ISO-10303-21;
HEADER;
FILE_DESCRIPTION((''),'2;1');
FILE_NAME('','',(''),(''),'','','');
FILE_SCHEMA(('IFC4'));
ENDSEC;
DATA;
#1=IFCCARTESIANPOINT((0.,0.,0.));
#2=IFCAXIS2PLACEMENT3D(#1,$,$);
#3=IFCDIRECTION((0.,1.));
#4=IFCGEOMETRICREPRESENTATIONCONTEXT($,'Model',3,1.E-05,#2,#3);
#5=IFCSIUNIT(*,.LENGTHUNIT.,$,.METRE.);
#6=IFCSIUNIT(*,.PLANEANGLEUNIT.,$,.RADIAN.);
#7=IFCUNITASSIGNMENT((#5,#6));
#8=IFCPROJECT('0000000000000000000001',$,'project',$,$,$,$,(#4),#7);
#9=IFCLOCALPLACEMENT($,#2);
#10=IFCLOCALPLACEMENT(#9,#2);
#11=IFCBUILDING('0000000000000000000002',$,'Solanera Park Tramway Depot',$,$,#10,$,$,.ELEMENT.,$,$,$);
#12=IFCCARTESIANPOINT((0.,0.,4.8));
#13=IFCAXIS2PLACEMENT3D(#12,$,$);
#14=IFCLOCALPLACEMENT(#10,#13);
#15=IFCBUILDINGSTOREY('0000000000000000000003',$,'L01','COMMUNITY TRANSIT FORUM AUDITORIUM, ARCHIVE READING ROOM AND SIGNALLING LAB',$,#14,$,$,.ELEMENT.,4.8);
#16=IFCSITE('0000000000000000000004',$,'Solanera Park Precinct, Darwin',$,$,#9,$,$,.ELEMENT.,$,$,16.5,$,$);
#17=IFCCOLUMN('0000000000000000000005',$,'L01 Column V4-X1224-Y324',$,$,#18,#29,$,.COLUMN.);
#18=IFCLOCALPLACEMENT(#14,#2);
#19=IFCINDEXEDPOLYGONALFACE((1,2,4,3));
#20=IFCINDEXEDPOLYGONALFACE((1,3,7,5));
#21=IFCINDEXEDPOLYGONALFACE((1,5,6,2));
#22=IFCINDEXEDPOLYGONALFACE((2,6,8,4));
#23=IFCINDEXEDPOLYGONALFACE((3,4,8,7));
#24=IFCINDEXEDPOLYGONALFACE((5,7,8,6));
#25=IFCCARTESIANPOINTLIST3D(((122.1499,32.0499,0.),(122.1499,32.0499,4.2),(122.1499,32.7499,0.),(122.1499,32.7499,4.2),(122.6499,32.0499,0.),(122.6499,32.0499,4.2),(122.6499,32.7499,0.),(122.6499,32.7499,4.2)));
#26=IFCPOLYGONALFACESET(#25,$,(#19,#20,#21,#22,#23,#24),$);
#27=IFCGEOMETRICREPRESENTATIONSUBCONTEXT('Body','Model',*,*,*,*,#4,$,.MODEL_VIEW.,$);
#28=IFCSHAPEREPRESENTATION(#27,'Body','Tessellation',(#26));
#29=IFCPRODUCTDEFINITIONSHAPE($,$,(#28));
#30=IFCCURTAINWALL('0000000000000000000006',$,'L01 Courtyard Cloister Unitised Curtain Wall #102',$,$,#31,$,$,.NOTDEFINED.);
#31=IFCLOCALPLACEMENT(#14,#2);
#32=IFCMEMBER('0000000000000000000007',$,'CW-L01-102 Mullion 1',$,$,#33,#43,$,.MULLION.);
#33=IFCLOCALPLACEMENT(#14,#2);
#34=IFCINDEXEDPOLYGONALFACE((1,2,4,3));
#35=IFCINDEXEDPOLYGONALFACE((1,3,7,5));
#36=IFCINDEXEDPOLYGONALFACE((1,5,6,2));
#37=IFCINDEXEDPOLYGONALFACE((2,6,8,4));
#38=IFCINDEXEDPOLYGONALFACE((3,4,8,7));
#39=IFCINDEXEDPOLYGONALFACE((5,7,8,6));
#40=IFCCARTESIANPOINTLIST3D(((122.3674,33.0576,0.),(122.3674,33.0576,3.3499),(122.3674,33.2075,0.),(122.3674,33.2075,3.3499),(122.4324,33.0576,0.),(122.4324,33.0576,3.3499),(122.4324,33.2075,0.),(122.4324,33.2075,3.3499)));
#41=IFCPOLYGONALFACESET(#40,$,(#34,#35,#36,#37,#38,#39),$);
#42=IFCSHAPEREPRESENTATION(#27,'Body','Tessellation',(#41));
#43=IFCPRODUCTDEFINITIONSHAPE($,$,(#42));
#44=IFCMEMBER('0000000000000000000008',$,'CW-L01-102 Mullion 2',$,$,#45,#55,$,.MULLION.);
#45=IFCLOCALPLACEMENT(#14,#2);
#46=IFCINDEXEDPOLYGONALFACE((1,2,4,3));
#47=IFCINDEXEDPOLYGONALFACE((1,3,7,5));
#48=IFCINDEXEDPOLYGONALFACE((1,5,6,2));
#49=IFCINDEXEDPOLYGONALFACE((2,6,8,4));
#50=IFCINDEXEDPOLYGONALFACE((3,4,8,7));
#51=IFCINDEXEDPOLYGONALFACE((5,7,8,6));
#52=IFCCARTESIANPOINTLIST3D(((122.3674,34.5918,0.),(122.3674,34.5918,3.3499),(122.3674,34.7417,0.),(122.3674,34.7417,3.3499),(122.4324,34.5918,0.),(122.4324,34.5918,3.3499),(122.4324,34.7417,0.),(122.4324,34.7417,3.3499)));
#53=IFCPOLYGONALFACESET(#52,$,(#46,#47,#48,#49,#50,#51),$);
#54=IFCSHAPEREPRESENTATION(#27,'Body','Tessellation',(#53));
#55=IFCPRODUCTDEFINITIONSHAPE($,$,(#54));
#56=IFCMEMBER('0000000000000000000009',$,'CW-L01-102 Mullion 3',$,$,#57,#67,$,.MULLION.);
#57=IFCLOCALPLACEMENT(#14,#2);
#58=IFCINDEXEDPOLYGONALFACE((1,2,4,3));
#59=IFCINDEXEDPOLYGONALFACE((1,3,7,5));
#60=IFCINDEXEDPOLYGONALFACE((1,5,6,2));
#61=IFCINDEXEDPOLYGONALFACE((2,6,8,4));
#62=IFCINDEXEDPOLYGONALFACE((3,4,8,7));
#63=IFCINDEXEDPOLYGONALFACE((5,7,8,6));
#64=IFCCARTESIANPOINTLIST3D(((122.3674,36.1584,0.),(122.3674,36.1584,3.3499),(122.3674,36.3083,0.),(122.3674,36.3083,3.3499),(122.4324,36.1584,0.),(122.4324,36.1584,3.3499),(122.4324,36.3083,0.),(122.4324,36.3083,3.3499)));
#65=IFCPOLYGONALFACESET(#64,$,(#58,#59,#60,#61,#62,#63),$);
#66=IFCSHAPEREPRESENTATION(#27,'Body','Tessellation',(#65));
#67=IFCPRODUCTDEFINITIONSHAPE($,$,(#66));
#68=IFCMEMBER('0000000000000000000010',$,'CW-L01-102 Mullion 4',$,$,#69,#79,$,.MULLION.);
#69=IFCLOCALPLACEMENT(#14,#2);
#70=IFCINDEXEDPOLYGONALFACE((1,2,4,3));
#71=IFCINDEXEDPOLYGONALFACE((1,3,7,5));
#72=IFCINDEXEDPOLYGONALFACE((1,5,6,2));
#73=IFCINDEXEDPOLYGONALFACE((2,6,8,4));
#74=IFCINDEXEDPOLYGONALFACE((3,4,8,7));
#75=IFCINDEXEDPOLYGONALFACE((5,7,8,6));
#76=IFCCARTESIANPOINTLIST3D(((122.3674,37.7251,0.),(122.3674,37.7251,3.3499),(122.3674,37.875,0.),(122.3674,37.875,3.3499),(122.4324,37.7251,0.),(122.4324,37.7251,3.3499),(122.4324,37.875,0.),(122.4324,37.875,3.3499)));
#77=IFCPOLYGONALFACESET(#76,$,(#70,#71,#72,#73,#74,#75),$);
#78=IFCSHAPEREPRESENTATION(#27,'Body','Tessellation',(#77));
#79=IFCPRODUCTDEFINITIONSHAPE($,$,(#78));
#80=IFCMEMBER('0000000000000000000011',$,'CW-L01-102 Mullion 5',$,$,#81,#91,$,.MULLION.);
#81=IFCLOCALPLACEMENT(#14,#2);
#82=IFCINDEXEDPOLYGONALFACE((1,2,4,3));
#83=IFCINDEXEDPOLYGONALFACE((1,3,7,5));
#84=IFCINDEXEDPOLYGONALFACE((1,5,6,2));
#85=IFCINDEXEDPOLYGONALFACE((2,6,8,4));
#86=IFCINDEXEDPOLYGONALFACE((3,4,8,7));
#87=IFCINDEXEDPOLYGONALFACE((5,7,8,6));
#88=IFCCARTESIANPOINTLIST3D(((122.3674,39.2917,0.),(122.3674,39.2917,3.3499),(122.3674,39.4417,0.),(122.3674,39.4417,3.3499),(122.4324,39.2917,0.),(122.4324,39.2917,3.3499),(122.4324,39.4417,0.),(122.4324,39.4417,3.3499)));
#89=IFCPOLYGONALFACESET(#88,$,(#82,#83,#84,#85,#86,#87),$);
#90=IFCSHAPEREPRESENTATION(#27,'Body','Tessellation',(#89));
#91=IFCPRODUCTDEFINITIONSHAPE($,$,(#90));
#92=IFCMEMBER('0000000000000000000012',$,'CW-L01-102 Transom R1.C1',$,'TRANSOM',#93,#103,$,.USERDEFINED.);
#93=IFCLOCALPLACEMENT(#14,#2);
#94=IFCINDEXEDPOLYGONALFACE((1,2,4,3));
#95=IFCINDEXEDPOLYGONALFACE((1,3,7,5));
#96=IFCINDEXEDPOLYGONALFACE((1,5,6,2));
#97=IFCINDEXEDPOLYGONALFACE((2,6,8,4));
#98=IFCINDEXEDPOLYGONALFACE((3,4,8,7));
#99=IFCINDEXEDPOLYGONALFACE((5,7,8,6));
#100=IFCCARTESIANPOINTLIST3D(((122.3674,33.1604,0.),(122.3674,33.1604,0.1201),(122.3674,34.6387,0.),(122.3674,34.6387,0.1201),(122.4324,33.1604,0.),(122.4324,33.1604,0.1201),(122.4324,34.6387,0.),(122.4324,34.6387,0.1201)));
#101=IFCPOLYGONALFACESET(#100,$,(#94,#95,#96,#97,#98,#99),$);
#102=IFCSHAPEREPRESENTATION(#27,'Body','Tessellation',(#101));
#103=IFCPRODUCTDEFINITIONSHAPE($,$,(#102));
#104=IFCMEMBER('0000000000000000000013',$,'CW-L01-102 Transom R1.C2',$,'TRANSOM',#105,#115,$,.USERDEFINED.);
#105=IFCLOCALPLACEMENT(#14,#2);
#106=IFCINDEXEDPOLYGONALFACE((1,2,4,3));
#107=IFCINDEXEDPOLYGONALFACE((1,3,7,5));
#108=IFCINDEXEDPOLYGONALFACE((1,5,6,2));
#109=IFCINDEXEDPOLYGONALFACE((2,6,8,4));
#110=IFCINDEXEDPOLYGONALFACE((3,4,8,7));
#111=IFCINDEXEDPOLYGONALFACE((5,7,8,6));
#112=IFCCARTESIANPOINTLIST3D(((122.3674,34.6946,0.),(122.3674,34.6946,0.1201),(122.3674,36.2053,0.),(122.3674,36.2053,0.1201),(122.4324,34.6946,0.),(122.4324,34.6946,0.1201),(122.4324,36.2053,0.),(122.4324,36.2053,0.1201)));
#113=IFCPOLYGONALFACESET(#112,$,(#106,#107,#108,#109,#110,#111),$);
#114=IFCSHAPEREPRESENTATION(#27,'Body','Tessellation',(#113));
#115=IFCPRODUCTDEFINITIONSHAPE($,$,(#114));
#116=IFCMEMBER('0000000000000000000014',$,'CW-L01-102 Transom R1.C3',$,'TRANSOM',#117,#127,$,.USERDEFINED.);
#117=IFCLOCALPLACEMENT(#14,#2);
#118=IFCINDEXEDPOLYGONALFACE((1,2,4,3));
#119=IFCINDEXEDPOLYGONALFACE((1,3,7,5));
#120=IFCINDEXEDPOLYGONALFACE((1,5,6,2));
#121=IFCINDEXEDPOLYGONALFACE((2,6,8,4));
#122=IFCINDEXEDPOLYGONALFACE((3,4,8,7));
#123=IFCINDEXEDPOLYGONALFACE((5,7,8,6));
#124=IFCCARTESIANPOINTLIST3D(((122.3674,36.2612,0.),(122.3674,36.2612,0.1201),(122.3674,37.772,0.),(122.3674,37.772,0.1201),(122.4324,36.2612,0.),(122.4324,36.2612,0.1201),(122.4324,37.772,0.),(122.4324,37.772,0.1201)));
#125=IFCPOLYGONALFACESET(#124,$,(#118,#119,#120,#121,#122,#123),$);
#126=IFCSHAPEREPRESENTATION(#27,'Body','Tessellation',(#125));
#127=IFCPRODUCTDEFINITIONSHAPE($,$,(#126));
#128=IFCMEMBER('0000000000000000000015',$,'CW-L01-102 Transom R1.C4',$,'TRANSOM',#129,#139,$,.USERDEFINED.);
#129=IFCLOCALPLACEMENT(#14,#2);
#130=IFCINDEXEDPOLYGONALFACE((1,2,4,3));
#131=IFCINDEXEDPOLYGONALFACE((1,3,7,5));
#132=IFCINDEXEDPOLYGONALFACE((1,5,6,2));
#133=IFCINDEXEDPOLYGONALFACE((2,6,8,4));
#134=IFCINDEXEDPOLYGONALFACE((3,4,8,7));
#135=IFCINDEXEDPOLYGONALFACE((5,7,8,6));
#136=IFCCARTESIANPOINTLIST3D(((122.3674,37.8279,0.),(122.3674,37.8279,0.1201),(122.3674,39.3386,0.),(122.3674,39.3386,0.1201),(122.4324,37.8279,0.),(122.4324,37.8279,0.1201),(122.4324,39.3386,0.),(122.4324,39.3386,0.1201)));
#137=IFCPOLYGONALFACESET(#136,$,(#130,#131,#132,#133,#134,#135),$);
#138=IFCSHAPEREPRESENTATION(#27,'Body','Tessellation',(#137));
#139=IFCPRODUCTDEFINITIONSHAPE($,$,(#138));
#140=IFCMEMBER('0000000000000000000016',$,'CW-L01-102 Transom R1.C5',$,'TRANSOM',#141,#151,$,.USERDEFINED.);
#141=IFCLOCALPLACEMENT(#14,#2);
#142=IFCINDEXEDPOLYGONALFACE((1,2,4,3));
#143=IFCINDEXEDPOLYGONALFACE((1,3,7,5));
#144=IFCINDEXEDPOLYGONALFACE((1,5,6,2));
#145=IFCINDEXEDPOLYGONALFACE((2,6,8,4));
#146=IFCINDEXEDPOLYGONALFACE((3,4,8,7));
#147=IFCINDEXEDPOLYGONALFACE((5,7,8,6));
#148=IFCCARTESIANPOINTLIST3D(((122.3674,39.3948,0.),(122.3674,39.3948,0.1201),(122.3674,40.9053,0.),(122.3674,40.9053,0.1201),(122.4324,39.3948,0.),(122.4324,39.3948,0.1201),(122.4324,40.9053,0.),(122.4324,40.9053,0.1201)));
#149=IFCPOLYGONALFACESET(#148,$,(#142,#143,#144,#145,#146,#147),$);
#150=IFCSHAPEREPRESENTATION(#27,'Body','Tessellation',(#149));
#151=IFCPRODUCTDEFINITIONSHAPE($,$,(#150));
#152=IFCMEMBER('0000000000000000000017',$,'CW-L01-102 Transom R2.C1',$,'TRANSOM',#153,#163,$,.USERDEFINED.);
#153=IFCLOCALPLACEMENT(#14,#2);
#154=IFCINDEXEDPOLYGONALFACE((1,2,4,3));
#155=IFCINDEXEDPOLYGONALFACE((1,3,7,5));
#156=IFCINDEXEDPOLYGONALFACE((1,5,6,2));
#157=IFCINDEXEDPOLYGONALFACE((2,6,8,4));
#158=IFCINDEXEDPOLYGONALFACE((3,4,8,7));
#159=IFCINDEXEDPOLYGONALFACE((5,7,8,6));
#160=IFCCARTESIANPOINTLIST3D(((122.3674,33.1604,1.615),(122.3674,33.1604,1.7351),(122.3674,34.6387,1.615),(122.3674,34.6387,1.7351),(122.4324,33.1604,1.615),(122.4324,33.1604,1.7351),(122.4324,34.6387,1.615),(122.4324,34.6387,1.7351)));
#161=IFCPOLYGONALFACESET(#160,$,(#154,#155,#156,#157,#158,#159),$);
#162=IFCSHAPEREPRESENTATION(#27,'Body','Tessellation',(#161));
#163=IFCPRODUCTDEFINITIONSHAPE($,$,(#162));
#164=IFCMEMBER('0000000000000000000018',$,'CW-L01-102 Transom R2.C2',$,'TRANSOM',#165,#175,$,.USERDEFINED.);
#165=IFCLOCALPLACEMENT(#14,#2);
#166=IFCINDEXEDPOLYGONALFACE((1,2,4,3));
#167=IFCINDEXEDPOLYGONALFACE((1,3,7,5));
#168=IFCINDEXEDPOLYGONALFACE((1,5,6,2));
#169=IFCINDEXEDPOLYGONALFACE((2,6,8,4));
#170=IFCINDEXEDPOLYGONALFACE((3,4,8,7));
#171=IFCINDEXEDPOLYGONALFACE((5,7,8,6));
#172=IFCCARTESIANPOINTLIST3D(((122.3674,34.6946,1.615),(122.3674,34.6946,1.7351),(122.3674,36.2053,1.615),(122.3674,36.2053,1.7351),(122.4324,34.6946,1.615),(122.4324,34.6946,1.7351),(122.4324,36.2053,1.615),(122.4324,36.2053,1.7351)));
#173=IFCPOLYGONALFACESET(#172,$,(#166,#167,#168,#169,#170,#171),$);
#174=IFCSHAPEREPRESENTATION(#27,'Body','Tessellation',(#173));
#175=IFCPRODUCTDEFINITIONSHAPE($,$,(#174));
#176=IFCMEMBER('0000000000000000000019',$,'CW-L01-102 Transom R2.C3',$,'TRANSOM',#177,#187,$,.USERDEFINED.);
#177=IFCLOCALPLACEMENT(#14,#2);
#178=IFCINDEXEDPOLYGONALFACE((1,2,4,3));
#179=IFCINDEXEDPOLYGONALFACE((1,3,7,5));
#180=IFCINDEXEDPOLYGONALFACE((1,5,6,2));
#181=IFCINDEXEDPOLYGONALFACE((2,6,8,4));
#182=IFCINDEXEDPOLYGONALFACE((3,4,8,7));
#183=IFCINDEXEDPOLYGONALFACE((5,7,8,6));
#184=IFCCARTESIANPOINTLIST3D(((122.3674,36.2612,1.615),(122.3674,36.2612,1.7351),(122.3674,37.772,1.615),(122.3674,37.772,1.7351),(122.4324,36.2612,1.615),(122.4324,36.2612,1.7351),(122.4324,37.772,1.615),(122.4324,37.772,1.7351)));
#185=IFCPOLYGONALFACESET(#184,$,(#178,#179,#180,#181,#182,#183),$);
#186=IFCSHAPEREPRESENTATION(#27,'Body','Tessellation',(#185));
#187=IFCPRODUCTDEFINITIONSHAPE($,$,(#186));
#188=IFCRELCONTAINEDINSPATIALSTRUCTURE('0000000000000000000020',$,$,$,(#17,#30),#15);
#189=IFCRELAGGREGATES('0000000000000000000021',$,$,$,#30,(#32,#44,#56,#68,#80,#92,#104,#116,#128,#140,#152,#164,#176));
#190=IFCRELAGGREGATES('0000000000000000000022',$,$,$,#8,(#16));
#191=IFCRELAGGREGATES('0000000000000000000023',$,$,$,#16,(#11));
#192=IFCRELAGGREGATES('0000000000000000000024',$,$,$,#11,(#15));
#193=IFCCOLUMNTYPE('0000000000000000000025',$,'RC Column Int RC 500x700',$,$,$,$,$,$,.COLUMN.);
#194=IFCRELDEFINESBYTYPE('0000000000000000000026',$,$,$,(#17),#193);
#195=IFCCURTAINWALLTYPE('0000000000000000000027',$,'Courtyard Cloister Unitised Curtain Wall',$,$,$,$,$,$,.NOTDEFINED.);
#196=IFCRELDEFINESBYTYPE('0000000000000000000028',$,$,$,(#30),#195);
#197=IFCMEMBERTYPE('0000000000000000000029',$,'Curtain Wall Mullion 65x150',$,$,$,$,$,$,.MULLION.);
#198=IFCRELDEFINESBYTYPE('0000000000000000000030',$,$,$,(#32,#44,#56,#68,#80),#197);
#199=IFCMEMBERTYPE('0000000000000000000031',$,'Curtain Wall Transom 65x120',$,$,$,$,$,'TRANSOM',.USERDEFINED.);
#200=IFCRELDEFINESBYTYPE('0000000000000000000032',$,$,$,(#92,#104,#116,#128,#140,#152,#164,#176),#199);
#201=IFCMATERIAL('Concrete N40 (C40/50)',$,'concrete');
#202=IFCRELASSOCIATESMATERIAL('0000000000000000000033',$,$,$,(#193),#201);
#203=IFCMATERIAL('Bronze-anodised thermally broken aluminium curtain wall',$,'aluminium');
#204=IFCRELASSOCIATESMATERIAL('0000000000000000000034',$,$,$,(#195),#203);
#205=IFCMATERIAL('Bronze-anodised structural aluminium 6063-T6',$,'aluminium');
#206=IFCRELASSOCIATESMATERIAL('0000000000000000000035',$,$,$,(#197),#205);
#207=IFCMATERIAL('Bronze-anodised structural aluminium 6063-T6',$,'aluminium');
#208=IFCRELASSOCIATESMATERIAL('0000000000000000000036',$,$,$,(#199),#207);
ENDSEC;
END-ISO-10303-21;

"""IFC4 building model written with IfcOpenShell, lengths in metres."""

from ifc_helpers import new_model, si_unit, direction, frame, origin, origin_2d, place, context, subcontext, project, spatial, rectangle, extrude, material, material_profile, profile_set, type_object, element, aggregate, save


model = new_model("IFC4")

# Units and contexts
model_context = context("Model", 3, precision=1e-05, world=origin(), true_north=direction((0.0, 1.0)))
body_context = subcontext(model_context, "Body", "Model", "MODEL_VIEW")
ifc_project = project(units=[si_unit("LENGTHUNIT", "METRE"), si_unit("PLANEANGLEUNIT", "RADIAN")], contexts=[model_context])

# Site, building, storey
site_placement = place(None, origin())
site = spatial("IfcSite", under=ifc_project, at=site_placement, Name="Solanera Park Precinct, Darwin", CompositionType="ELEMENT", RefElevation=16.5)
building_placement = place(site_placement, origin())
building = spatial("IfcBuilding", under=site, at=building_placement, Name="Solanera Park Tramway Depot", CompositionType="ELEMENT")
storey_placement = place(building_placement, frame((0.0, 0.0, 4.8)))
storey = spatial("IfcBuildingStorey", under=building, at=storey_placement, Name="L01", Description="COMMUNITY TRANSIT FORUM AUDITORIUM, ARCHIVE READING ROOM AND SIGNALLING LAB", CompositionType="ELEMENT", Elevation=4.8)

# Column
ifc_material_1 = material(Name="Concrete N40 (C40/50)", Category="concrete")
ifc_material_profile_1 = material_profile(ifc_material_1, rectangle(XDim=0.5, YDim=0.7, at=origin_2d()), Name="RC 500x700")
ifc_profile_set_1 = profile_set([ifc_material_profile_1], Name="Concrete N40 (C40/50)")
column_type = type_object("IfcColumnType", Name="RC Column Int RC 500x700", PredefinedType="COLUMN", material=ifc_profile_set_1)
column_placement = place(storey_placement, frame((122.3999, 32.3999, 0.0), z_axis=(0.0, 0.0, 1.0), x_axis=(1.0, 0.0, 0.0)))
element("IfcColumn", 1, at=column_placement, inside=storey, type_object=column_type, Name="L01 Column V4-X1224-Y324", PredefinedType="COLUMN", context=body_context, shape_type="SweptSolid", body=[
    extrude(rectangle(XDim=0.5, YDim=0.7, at=origin_2d()), origin(), (0.0, 0.0, 1.0), 4.2),
])

# Curtain wall, members
ifc_material_2 = material(Name="Bronze-anodised thermally broken aluminium curtain wall", Category="aluminium")
curtain_wall_type = type_object("IfcCurtainWallType", Name="Courtyard Cloister Unitised Curtain Wall", PredefinedType="NOTDEFINED", material=ifc_material_2)
curtain_wall_placement = place(storey_placement, origin())
curtain_wall = element("IfcCurtainWall", 2, at=curtain_wall_placement, inside=storey, type_object=curtain_wall_type, Name="L01 Courtyard Cloister Unitised Curtain Wall #102", PredefinedType="NOTDEFINED")
ifc_material_3 = material(Name="Bronze-anodised structural aluminium 6063-T6", Category="aluminium")
ifc_material_profile_2 = material_profile(ifc_material_3, rectangle(XDim=0.0649, YDim=0.1499, at=origin_2d()), Name="Curtain Wall Mullion 65x150")
ifc_profile_set_2 = profile_set([ifc_material_profile_2], Name="Bronze-anodised structural aluminium 6063-T6")
member_type_1 = type_object("IfcMemberType", Name="Curtain Wall Mullion 65x150", PredefinedType="MULLION", material=ifc_profile_set_2)
member_1_placement = place(storey_placement, frame((122.3999, 33.1326, 0.0), z_axis=(0.0, 0.0, 1.0), x_axis=(1.0, 0.0, 0.0)))
member_1 = element("IfcMember", 3, at=member_1_placement, type_object=member_type_1, Name="CW-L01-102 Mullion 1", PredefinedType="MULLION", context=body_context, shape_type="SweptSolid", body=[
    extrude(rectangle(XDim=0.0649, YDim=0.1499, at=origin_2d()), origin(), (0.0, 0.0, 1.0), 3.3499),
])
member_2_placement = place(storey_placement, frame((122.3999, 34.6667, 0.0), z_axis=(0.0, 0.0, 1.0), x_axis=(1.0, 0.0, 0.0)))
member_2 = element("IfcMember", 4, at=member_2_placement, type_object=member_type_1, Name="CW-L01-102 Mullion 2", PredefinedType="MULLION", context=body_context, shape_type="SweptSolid", body=[
    extrude(rectangle(XDim=0.0649, YDim=0.1499, at=origin_2d()), origin(), (0.0, 0.0, 1.0), 3.3499),
])
member_3_placement = place(storey_placement, frame((122.3999, 36.2334, 0.0), z_axis=(0.0, 0.0, 1.0), x_axis=(1.0, 0.0, 0.0)))
member_3 = element("IfcMember", 5, at=member_3_placement, type_object=member_type_1, Name="CW-L01-102 Mullion 3", PredefinedType="MULLION", context=body_context, shape_type="SweptSolid", body=[
    extrude(rectangle(XDim=0.0649, YDim=0.1499, at=origin_2d()), origin(), (0.0, 0.0, 1.0), 3.3499),
])
member_4_placement = place(storey_placement, frame((122.3999, 37.8, 0.0), z_axis=(0.0, 0.0, 1.0), x_axis=(1.0, 0.0, 0.0)))
member_4 = element("IfcMember", 6, at=member_4_placement, type_object=member_type_1, Name="CW-L01-102 Mullion 4", PredefinedType="MULLION", context=body_context, shape_type="SweptSolid", body=[
    extrude(rectangle(XDim=0.0649, YDim=0.1499, at=origin_2d()), origin(), (0.0, 0.0, 1.0), 3.3499),
])
member_5_placement = place(storey_placement, frame((122.3999, 39.3667, 0.0), z_axis=(0.0, 0.0, 1.0), x_axis=(1.0, 0.0, 0.0)))
member_5 = element("IfcMember", 7, at=member_5_placement, type_object=member_type_1, Name="CW-L01-102 Mullion 5", PredefinedType="MULLION", context=body_context, shape_type="SweptSolid", body=[
    extrude(rectangle(XDim=0.0649, YDim=0.1499, at=origin_2d()), origin(), (0.0, 0.0, 1.0), 3.3499),
])
ifc_material_4 = material(Name="Bronze-anodised structural aluminium 6063-T6", Category="aluminium")
ifc_material_profile_3 = material_profile(ifc_material_4, rectangle(XDim=0.0649, YDim=0.1201, at=origin_2d()), Name="Curtain Wall Transom 65x120")
ifc_profile_set_3 = profile_set([ifc_material_profile_3], Name="Bronze-anodised structural aluminium 6063-T6")
member_type_2 = type_object("IfcMemberType", Name="Curtain Wall Transom 65x120", ElementType="TRANSOM", PredefinedType="USERDEFINED", material=ifc_profile_set_3)
member_6_placement = place(storey_placement, frame((122.3999, 33.1604, 0.0601), z_axis=(0.0, 1.0, 0.0), x_axis=(-1.0, 0.0, 0.0)))
member_6 = element("IfcMember", 8, at=member_6_placement, type_object=member_type_2, Name="CW-L01-102 Transom R1.C1", ObjectType="TRANSOM", PredefinedType="USERDEFINED", context=body_context, shape_type="SweptSolid", body=[
    extrude(rectangle(XDim=0.0649, YDim=0.1201, at=origin_2d()), origin(), (0.0, 0.0, 1.0), 1.4783),
])
member_7_placement = place(storey_placement, frame((122.3999, 34.6946, 0.0601), z_axis=(0.0, 1.0, 0.0), x_axis=(-1.0, 0.0, 0.0)))
member_7 = element("IfcMember", 9, at=member_7_placement, type_object=member_type_2, Name="CW-L01-102 Transom R1.C2", ObjectType="TRANSOM", PredefinedType="USERDEFINED", context=body_context, shape_type="SweptSolid", body=[
    extrude(rectangle(XDim=0.0649, YDim=0.1201, at=origin_2d()), origin(), (0.0, 0.0, 1.0), 1.5107),
])
member_8_placement = place(storey_placement, frame((122.3999, 36.2612, 0.0601), z_axis=(0.0, 1.0, 0.0), x_axis=(-1.0, 0.0, 0.0)))
member_8 = element("IfcMember", 10, at=member_8_placement, type_object=member_type_2, Name="CW-L01-102 Transom R1.C3", ObjectType="TRANSOM", PredefinedType="USERDEFINED", context=body_context, shape_type="SweptSolid", body=[
    extrude(rectangle(XDim=0.0649, YDim=0.1201, at=origin_2d()), origin(), (0.0, 0.0, 1.0), 1.5107),
])
member_9_placement = place(storey_placement, frame((122.3999, 37.8279, 0.0601), z_axis=(0.0, 1.0, 0.0), x_axis=(-1.0, 0.0, 0.0)))
member_9 = element("IfcMember", 11, at=member_9_placement, type_object=member_type_2, Name="CW-L01-102 Transom R1.C4", ObjectType="TRANSOM", PredefinedType="USERDEFINED", context=body_context, shape_type="SweptSolid", body=[
    extrude(rectangle(XDim=0.0649, YDim=0.1201, at=origin_2d()), origin(), (0.0, 0.0, 1.0), 1.5107),
])
member_10_placement = place(storey_placement, frame((122.3999, 39.3948, 0.0601), z_axis=(0.0, 1.0, 0.0), x_axis=(-1.0, 0.0, 0.0)))
member_10 = element("IfcMember", 12, at=member_10_placement, type_object=member_type_2, Name="CW-L01-102 Transom R1.C5", ObjectType="TRANSOM", PredefinedType="USERDEFINED", context=body_context, shape_type="SweptSolid", body=[
    extrude(rectangle(XDim=0.0649, YDim=0.1201, at=origin_2d()), origin(), (0.0, 0.0, 1.0), 1.5105),
])
member_11_placement = place(storey_placement, frame((122.3999, 33.1604, 1.675), z_axis=(0.0, 1.0, 0.0), x_axis=(-1.0, 0.0, 0.0)))
member_11 = element("IfcMember", 13, at=member_11_placement, type_object=member_type_2, Name="CW-L01-102 Transom R2.C1", ObjectType="TRANSOM", PredefinedType="USERDEFINED", context=body_context, shape_type="SweptSolid", body=[
    extrude(rectangle(XDim=0.0649, YDim=0.1201, at=origin_2d()), origin(), (0.0, 0.0, 1.0), 1.4783),
])
member_12_placement = place(storey_placement, frame((122.3999, 34.6946, 1.675), z_axis=(0.0, 1.0, 0.0), x_axis=(-1.0, 0.0, 0.0)))
member_12 = element("IfcMember", 14, at=member_12_placement, type_object=member_type_2, Name="CW-L01-102 Transom R2.C2", ObjectType="TRANSOM", PredefinedType="USERDEFINED", context=body_context, shape_type="SweptSolid", body=[
    extrude(rectangle(XDim=0.0649, YDim=0.1201, at=origin_2d()), origin(), (0.0, 0.0, 1.0), 1.5107),
])
member_13_placement = place(storey_placement, frame((122.3999, 36.2612, 1.675), z_axis=(0.0, 1.0, 0.0), x_axis=(-1.0, 0.0, 0.0)))
member_13 = element("IfcMember", 15, at=member_13_placement, type_object=member_type_2, Name="CW-L01-102 Transom R2.C3", ObjectType="TRANSOM", PredefinedType="USERDEFINED", context=body_context, shape_type="SweptSolid", body=[
    extrude(rectangle(XDim=0.0649, YDim=0.1201, at=origin_2d()), origin(), (0.0, 0.0, 1.0), 1.5107),
])
aggregate(curtain_wall, [member_1, member_2, member_3, member_4, member_5, member_6, member_7, member_8, member_9, member_10, member_11, member_12, member_13])

save(model, "model.ifc")
